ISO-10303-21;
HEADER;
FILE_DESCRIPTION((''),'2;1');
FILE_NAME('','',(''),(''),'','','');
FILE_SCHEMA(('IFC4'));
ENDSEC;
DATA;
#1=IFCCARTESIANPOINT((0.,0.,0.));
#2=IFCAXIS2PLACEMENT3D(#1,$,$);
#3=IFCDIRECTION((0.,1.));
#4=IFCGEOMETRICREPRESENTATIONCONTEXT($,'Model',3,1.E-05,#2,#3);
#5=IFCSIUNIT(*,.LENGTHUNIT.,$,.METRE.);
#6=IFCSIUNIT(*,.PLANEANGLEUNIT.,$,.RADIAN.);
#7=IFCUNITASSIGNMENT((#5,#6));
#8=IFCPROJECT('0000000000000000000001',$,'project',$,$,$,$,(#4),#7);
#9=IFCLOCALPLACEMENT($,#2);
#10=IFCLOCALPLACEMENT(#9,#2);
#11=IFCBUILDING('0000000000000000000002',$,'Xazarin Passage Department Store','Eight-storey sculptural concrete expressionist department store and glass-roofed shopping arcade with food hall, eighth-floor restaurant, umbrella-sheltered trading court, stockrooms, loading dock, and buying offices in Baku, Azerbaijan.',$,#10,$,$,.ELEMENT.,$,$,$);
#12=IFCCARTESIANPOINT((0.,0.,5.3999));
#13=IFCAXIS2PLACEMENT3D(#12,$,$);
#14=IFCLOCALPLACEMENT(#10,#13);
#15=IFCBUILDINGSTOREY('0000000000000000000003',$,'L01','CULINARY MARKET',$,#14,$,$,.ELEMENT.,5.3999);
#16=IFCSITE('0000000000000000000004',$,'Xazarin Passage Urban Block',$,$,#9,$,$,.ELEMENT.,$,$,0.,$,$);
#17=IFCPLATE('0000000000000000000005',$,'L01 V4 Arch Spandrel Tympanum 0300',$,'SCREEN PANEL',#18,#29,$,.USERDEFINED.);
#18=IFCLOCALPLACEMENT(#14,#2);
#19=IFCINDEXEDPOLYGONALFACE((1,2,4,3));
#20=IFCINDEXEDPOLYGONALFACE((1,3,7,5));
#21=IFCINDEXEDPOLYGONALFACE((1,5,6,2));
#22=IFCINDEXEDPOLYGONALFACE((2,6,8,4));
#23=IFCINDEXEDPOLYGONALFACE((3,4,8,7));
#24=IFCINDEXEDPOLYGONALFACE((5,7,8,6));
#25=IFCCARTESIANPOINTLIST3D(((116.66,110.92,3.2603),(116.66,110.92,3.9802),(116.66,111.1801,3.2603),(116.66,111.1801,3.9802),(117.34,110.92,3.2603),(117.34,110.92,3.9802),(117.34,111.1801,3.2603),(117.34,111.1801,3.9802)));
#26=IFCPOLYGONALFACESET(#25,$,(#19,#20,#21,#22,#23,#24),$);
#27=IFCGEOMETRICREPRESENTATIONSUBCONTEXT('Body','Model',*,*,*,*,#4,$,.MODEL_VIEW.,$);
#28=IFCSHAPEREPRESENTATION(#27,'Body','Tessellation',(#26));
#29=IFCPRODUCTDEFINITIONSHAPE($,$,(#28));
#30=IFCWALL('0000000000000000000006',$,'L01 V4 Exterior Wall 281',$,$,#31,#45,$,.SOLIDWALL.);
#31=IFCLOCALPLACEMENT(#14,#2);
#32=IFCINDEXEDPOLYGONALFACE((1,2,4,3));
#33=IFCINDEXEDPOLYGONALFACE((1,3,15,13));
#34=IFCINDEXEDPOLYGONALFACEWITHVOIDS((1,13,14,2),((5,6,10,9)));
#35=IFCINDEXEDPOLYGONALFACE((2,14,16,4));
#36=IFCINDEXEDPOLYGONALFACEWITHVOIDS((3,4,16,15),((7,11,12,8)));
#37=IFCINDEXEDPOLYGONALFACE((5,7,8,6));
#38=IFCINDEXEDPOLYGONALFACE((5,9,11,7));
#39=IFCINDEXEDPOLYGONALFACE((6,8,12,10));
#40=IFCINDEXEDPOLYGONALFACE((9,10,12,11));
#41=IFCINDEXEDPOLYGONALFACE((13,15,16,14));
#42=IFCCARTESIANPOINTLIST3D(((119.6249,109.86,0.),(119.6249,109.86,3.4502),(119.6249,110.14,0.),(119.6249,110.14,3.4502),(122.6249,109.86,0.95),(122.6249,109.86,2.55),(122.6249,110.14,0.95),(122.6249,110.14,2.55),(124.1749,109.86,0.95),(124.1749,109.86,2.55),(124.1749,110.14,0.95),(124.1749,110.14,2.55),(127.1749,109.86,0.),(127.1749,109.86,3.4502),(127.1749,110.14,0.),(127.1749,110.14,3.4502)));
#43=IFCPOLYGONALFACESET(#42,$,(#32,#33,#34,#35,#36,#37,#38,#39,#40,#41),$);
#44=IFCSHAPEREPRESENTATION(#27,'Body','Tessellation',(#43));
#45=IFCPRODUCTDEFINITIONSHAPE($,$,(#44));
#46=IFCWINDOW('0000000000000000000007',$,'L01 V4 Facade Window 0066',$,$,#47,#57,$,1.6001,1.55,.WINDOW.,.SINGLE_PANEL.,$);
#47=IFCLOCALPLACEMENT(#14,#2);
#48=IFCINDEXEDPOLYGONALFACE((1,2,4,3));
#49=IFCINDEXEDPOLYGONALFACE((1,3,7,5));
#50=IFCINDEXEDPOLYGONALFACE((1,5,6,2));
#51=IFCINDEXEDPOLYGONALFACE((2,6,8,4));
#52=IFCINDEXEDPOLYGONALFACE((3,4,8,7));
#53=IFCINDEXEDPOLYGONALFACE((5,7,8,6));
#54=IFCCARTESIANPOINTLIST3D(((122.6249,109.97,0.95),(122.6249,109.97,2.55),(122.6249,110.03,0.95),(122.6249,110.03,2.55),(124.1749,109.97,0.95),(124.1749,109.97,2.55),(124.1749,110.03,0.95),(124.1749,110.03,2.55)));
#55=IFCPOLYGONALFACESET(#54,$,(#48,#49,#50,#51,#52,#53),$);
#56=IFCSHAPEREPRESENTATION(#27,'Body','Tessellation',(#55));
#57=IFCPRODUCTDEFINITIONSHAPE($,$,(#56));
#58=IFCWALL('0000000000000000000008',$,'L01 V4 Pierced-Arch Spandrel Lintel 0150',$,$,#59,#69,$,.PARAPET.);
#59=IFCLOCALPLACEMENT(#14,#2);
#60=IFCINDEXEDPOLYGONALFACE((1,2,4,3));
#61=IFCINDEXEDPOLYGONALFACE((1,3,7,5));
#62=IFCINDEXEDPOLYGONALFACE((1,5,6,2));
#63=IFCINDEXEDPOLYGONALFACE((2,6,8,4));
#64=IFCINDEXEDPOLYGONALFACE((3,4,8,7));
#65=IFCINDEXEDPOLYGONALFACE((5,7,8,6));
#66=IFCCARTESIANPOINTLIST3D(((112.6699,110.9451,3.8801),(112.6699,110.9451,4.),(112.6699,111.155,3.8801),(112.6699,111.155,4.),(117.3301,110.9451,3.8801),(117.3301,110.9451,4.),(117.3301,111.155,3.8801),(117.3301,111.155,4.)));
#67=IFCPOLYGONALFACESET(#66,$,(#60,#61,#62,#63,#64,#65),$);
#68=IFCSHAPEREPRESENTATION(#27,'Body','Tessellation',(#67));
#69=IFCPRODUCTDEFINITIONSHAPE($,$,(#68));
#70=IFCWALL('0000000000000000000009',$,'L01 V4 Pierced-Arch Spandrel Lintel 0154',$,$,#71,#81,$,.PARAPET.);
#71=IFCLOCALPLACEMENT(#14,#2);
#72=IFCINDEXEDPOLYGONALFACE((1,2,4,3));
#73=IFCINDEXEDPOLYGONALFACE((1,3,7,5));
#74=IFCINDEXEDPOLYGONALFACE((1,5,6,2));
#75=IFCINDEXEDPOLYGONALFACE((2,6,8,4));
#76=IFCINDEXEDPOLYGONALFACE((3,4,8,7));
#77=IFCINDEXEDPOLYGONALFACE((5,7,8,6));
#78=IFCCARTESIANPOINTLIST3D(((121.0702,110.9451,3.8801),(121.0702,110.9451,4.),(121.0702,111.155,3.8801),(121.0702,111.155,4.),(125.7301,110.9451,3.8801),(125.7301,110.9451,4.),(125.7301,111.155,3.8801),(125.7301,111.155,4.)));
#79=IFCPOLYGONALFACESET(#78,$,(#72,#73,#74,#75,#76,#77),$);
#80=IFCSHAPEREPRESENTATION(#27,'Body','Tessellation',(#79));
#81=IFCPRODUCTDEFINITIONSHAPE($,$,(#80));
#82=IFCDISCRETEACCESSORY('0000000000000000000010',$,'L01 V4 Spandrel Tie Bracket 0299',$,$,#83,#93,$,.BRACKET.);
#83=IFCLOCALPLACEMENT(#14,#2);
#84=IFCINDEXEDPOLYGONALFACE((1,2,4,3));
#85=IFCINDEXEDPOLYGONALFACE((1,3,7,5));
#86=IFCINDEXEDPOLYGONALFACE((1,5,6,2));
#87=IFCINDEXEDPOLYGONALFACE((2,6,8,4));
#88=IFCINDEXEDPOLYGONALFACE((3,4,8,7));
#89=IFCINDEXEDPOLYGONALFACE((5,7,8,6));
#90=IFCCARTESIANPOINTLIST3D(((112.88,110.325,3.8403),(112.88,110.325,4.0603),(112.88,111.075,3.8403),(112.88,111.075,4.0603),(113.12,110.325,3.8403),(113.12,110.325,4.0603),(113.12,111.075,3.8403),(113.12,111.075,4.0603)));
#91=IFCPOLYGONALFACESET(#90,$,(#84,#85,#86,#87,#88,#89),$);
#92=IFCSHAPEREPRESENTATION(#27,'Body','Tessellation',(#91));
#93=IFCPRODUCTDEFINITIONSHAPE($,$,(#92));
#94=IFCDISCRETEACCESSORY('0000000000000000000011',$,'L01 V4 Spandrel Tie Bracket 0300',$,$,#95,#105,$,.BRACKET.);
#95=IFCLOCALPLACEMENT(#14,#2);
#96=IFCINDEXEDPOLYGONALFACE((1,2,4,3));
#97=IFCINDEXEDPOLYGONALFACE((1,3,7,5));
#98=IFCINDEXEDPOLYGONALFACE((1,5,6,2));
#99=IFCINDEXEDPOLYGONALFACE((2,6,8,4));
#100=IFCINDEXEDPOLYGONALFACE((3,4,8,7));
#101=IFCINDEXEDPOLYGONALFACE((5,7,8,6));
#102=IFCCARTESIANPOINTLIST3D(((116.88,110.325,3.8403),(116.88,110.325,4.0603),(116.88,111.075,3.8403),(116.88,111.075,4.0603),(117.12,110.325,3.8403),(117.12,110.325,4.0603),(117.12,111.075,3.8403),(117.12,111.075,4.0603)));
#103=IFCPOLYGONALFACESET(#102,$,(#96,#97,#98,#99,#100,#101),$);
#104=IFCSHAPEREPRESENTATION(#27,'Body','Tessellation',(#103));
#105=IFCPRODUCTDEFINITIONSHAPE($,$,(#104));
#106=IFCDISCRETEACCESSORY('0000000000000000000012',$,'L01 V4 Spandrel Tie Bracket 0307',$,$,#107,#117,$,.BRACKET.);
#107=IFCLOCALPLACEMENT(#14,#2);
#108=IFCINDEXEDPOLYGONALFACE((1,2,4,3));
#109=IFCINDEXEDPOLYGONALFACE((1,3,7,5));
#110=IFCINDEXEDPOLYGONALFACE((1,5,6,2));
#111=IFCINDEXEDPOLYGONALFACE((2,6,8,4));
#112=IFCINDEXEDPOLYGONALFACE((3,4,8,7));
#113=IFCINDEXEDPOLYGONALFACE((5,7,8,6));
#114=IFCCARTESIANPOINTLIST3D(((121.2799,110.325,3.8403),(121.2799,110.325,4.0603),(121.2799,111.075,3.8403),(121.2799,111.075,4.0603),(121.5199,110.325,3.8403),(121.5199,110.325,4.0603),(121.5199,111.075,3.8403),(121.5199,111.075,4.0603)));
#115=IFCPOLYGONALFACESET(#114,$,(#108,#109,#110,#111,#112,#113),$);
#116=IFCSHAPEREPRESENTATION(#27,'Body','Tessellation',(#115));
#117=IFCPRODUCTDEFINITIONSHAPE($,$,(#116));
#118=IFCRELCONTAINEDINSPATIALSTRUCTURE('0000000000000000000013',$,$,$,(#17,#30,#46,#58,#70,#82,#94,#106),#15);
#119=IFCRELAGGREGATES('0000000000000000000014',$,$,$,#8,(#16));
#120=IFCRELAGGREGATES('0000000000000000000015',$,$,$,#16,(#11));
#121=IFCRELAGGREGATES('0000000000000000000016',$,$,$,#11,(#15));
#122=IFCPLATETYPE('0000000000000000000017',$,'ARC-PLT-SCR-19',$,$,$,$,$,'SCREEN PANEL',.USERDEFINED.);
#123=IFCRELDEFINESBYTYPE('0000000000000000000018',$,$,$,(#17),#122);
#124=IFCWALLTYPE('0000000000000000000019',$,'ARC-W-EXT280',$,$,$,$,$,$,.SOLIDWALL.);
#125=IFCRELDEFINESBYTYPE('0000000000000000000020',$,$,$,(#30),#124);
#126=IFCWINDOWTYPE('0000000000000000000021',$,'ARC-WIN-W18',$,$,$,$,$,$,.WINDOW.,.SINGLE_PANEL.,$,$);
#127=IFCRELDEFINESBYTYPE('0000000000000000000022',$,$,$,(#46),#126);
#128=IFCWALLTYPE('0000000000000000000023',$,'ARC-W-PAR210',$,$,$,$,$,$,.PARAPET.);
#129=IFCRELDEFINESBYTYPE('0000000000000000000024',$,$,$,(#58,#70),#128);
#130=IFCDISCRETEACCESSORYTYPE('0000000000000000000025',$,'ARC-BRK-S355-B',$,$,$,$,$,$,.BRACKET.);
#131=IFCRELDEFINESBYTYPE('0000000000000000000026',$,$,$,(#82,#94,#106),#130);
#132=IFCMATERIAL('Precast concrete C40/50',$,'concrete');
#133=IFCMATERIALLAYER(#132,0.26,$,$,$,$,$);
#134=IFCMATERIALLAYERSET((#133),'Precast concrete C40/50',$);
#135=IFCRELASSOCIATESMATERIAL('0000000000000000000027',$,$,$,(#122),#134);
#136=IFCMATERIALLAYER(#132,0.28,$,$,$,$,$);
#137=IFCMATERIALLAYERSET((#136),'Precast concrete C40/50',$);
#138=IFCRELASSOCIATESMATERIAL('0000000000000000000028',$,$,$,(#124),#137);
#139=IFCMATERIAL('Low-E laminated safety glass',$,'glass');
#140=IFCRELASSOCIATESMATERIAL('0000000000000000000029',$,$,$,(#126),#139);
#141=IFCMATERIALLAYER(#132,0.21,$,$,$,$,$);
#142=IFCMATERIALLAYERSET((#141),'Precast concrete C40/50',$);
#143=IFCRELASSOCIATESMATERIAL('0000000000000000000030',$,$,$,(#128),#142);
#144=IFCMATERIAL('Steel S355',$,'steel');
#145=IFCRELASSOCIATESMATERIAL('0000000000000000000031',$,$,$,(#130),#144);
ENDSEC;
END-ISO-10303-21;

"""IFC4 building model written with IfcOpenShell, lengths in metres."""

from ifc_helpers import new_model, si_unit, direction, frame, frame_2d, origin, origin_2d, place, context, subcontext, project, spatial, rectangle, extrude, material, layer, layer_set, type_object, element, fill, save


model = new_model("IFC4")

# Units and contexts
model_context = context("Model", 3, precision=1e-05, world=origin(), true_north=direction((0.0, 1.0)))
body_context = subcontext(model_context, "Body", "Model", "MODEL_VIEW")
ifc_project = project(units=[si_unit("LENGTHUNIT", "METRE"), si_unit("PLANEANGLEUNIT", "RADIAN")], contexts=[model_context])

# Site, building, storey
site_placement = place(None, origin())
site = spatial("IfcSite", under=ifc_project, at=site_placement, Name="Xazarin Passage Urban Block", CompositionType="ELEMENT", RefElevation=0.0)
building_placement = place(site_placement, origin())
building = spatial("IfcBuilding", under=site, at=building_placement, Name="Xazarin Passage Department Store", Description="Eight-storey sculptural concrete expressionist department store and glass-roofed shopping arcade with food hall, eighth-floor restaurant, umbrella-sheltered trading court, stockrooms, loading dock, and buying offices in Baku, Azerbaijan.", CompositionType="ELEMENT")
storey_placement = place(building_placement, frame((0.0, 0.0, 5.3999)))
storey = spatial("IfcBuildingStorey", under=building, at=storey_placement, Name="L01", Description="CULINARY MARKET", CompositionType="ELEMENT", Elevation=5.3999)

# Plate
ifc_material_1 = material(Name="Precast concrete C40/50", Category="concrete")
ifc_layer_1 = layer(ifc_material_1, 0.26)
ifc_layer_set_1 = layer_set([ifc_layer_1], Name="Precast concrete C40/50")
plate_type = type_object("IfcPlateType", Name="ARC-PLT-SCR-19", ElementType="SCREEN PANEL", PredefinedType="USERDEFINED", material=ifc_layer_set_1)
for number, where, z_axis, x_axis, name in (
    (1, (117.0, 111.05, 3.2603), (0.0, 0.0, 1.0), (1.0, 0.0, 0.0), "L01 V4 Arch Spandrel Tympanum 0300"),
):
    element("IfcPlate", number, at=place(storey_placement, frame(where, z_axis=z_axis, x_axis=x_axis)), inside=storey, type_object=plate_type, Name=name, ObjectType="SCREEN PANEL", PredefinedType="USERDEFINED", context=body_context, shape_type="SweptSolid", body=[
        extrude(rectangle(XDim=0.6799, YDim=0.26, at=origin_2d()), origin(), (0.0, 0.0, 1.0), 0.72),
    ])

# Wall, opening, window
ifc_layer_2 = layer(ifc_material_1, 0.28)
ifc_layer_set_2 = layer_set([ifc_layer_2], Name="Precast concrete C40/50")
wall_type_1 = type_object("IfcWallType", Name="ARC-W-EXT280", PredefinedType="SOLIDWALL", material=ifc_layer_set_2)
wall_1_placement = place(storey_placement, frame((119.625, 110.0, 0.0), z_axis=(0.0, 0.0, 1.0), x_axis=(1.0, 0.0, 0.0)))
wall_1 = element("IfcWall", 2, at=wall_1_placement, inside=storey, type_object=wall_type_1, Name="L01 V4 Exterior Wall 281", PredefinedType="SOLIDWALL", context=body_context, shape_type="SweptSolid", body=[
    extrude(rectangle(XDim=7.55, YDim=0.28, at=frame_2d((3.7749, 0.0))), origin(), (0.0, 0.0, 1.0), 3.4502),
])
opening_placement = place(wall_1_placement, frame((3.0, 0.0, 0.95)))
opening = element("IfcOpeningElement", 3, at=opening_placement, cuts=wall_1, PredefinedType="OPENING", context=body_context, shape_type="SweptSolid", body=[
    extrude(rectangle(XDim=1.55, YDim=1.6001, at=frame_2d((0.7749, 0.8))), frame((0.0, 0.1499, 0.0), z_axis=(0.0, -1.0, 0.0), x_axis=(1.0, 0.0, 0.0)), (0.0, 0.0, 1.0), 0.3),
])
ifc_material_2 = material(Name="Low-E laminated safety glass", Category="glass")
window_type = type_object("IfcWindowType", Name="ARC-WIN-W18", PartitioningType="SINGLE_PANEL", PredefinedType="WINDOW", material=ifc_material_2)
window_placement = place(opening_placement, origin())
window = element("IfcWindow", 4, at=window_placement, inside=storey, type_object=window_type, Name="L01 V4 Facade Window 0066", OverallHeight=1.6001, OverallWidth=1.55, PartitioningType="SINGLE_PANEL", PredefinedType="WINDOW", context=body_context, shape_type="SweptSolid", body=[
    extrude(rectangle(XDim=1.55, YDim=1.6001, at=frame_2d((0.7749, 0.8))), frame((0.0, 0.03, 0.0), z_axis=(0.0, -1.0, 0.0), x_axis=(1.0, 0.0, 0.0)), (0.0, 0.0, 1.0), 0.0601),
])
fill(opening, window)

# Walls
ifc_layer_3 = layer(ifc_material_1, 0.21)
ifc_layer_set_3 = layer_set([ifc_layer_3], Name="Precast concrete C40/50")
wall_type_2 = type_object("IfcWallType", Name="ARC-W-PAR210", PredefinedType="PARAPET", material=ifc_layer_set_3)
wall_2_placement = place(storey_placement, frame((112.6699, 111.05, 3.8801), z_axis=(0.0, 0.0, 1.0), x_axis=(1.0, 0.0, 0.0)))
element("IfcWall", 5, at=wall_2_placement, inside=storey, type_object=wall_type_2, Name="L01 V4 Pierced-Arch Spandrel Lintel 0150", PredefinedType="PARAPET", context=body_context, shape_type="SweptSolid", body=[
    extrude(rectangle(XDim=4.6602, YDim=0.21, at=frame_2d((2.3301, 0.0))), origin(), (0.0, 0.0, 1.0), 0.1199),
])
wall_3_placement = place(storey_placement, frame((121.0701, 111.05, 3.8801), z_axis=(0.0, 0.0, 1.0), x_axis=(1.0, 0.0, 0.0)))
element("IfcWall", 6, at=wall_3_placement, inside=storey, type_object=wall_type_2, Name="L01 V4 Pierced-Arch Spandrel Lintel 0154", PredefinedType="PARAPET", context=body_context, shape_type="SweptSolid", body=[
    extrude(rectangle(XDim=4.6599, YDim=0.21, at=frame_2d((2.3301, 0.0))), origin(), (0.0, 0.0, 1.0), 0.1199),
])

# Discrete accessories
ifc_material_3 = material(Name="Steel S355", Category="steel")
discrete_accessory_type = type_object("IfcDiscreteAccessoryType", Name="ARC-BRK-S355-B", PredefinedType="BRACKET", material=ifc_material_3)
for number, where, z_axis, x_axis, name in (
    (7, (113.0, 110.7, 3.8403), (0.0, 0.0, 1.0), (1.0, 0.0, 0.0), "L01 V4 Spandrel Tie Bracket 0299"),
    (8, (117.0, 110.7, 3.8403), (0.0, 0.0, 1.0), (1.0, 0.0, 0.0), "L01 V4 Spandrel Tie Bracket 0300"),
    (9, (121.3999, 110.7, 3.8403), (0.0, 0.0, 1.0), (1.0, 0.0, 0.0), "L01 V4 Spandrel Tie Bracket 0307"),
):
    element("IfcDiscreteAccessory", number, at=place(storey_placement, frame(where, z_axis=z_axis, x_axis=x_axis)), inside=storey, type_object=discrete_accessory_type, Name=name, PredefinedType="BRACKET", context=body_context, shape_type="SweptSolid", body=[
        extrude(rectangle(XDim=0.24, YDim=0.75, at=origin_2d()), origin(), (0.0, 0.0, 1.0), 0.22),
    ])

save(model, "model.ifc")
